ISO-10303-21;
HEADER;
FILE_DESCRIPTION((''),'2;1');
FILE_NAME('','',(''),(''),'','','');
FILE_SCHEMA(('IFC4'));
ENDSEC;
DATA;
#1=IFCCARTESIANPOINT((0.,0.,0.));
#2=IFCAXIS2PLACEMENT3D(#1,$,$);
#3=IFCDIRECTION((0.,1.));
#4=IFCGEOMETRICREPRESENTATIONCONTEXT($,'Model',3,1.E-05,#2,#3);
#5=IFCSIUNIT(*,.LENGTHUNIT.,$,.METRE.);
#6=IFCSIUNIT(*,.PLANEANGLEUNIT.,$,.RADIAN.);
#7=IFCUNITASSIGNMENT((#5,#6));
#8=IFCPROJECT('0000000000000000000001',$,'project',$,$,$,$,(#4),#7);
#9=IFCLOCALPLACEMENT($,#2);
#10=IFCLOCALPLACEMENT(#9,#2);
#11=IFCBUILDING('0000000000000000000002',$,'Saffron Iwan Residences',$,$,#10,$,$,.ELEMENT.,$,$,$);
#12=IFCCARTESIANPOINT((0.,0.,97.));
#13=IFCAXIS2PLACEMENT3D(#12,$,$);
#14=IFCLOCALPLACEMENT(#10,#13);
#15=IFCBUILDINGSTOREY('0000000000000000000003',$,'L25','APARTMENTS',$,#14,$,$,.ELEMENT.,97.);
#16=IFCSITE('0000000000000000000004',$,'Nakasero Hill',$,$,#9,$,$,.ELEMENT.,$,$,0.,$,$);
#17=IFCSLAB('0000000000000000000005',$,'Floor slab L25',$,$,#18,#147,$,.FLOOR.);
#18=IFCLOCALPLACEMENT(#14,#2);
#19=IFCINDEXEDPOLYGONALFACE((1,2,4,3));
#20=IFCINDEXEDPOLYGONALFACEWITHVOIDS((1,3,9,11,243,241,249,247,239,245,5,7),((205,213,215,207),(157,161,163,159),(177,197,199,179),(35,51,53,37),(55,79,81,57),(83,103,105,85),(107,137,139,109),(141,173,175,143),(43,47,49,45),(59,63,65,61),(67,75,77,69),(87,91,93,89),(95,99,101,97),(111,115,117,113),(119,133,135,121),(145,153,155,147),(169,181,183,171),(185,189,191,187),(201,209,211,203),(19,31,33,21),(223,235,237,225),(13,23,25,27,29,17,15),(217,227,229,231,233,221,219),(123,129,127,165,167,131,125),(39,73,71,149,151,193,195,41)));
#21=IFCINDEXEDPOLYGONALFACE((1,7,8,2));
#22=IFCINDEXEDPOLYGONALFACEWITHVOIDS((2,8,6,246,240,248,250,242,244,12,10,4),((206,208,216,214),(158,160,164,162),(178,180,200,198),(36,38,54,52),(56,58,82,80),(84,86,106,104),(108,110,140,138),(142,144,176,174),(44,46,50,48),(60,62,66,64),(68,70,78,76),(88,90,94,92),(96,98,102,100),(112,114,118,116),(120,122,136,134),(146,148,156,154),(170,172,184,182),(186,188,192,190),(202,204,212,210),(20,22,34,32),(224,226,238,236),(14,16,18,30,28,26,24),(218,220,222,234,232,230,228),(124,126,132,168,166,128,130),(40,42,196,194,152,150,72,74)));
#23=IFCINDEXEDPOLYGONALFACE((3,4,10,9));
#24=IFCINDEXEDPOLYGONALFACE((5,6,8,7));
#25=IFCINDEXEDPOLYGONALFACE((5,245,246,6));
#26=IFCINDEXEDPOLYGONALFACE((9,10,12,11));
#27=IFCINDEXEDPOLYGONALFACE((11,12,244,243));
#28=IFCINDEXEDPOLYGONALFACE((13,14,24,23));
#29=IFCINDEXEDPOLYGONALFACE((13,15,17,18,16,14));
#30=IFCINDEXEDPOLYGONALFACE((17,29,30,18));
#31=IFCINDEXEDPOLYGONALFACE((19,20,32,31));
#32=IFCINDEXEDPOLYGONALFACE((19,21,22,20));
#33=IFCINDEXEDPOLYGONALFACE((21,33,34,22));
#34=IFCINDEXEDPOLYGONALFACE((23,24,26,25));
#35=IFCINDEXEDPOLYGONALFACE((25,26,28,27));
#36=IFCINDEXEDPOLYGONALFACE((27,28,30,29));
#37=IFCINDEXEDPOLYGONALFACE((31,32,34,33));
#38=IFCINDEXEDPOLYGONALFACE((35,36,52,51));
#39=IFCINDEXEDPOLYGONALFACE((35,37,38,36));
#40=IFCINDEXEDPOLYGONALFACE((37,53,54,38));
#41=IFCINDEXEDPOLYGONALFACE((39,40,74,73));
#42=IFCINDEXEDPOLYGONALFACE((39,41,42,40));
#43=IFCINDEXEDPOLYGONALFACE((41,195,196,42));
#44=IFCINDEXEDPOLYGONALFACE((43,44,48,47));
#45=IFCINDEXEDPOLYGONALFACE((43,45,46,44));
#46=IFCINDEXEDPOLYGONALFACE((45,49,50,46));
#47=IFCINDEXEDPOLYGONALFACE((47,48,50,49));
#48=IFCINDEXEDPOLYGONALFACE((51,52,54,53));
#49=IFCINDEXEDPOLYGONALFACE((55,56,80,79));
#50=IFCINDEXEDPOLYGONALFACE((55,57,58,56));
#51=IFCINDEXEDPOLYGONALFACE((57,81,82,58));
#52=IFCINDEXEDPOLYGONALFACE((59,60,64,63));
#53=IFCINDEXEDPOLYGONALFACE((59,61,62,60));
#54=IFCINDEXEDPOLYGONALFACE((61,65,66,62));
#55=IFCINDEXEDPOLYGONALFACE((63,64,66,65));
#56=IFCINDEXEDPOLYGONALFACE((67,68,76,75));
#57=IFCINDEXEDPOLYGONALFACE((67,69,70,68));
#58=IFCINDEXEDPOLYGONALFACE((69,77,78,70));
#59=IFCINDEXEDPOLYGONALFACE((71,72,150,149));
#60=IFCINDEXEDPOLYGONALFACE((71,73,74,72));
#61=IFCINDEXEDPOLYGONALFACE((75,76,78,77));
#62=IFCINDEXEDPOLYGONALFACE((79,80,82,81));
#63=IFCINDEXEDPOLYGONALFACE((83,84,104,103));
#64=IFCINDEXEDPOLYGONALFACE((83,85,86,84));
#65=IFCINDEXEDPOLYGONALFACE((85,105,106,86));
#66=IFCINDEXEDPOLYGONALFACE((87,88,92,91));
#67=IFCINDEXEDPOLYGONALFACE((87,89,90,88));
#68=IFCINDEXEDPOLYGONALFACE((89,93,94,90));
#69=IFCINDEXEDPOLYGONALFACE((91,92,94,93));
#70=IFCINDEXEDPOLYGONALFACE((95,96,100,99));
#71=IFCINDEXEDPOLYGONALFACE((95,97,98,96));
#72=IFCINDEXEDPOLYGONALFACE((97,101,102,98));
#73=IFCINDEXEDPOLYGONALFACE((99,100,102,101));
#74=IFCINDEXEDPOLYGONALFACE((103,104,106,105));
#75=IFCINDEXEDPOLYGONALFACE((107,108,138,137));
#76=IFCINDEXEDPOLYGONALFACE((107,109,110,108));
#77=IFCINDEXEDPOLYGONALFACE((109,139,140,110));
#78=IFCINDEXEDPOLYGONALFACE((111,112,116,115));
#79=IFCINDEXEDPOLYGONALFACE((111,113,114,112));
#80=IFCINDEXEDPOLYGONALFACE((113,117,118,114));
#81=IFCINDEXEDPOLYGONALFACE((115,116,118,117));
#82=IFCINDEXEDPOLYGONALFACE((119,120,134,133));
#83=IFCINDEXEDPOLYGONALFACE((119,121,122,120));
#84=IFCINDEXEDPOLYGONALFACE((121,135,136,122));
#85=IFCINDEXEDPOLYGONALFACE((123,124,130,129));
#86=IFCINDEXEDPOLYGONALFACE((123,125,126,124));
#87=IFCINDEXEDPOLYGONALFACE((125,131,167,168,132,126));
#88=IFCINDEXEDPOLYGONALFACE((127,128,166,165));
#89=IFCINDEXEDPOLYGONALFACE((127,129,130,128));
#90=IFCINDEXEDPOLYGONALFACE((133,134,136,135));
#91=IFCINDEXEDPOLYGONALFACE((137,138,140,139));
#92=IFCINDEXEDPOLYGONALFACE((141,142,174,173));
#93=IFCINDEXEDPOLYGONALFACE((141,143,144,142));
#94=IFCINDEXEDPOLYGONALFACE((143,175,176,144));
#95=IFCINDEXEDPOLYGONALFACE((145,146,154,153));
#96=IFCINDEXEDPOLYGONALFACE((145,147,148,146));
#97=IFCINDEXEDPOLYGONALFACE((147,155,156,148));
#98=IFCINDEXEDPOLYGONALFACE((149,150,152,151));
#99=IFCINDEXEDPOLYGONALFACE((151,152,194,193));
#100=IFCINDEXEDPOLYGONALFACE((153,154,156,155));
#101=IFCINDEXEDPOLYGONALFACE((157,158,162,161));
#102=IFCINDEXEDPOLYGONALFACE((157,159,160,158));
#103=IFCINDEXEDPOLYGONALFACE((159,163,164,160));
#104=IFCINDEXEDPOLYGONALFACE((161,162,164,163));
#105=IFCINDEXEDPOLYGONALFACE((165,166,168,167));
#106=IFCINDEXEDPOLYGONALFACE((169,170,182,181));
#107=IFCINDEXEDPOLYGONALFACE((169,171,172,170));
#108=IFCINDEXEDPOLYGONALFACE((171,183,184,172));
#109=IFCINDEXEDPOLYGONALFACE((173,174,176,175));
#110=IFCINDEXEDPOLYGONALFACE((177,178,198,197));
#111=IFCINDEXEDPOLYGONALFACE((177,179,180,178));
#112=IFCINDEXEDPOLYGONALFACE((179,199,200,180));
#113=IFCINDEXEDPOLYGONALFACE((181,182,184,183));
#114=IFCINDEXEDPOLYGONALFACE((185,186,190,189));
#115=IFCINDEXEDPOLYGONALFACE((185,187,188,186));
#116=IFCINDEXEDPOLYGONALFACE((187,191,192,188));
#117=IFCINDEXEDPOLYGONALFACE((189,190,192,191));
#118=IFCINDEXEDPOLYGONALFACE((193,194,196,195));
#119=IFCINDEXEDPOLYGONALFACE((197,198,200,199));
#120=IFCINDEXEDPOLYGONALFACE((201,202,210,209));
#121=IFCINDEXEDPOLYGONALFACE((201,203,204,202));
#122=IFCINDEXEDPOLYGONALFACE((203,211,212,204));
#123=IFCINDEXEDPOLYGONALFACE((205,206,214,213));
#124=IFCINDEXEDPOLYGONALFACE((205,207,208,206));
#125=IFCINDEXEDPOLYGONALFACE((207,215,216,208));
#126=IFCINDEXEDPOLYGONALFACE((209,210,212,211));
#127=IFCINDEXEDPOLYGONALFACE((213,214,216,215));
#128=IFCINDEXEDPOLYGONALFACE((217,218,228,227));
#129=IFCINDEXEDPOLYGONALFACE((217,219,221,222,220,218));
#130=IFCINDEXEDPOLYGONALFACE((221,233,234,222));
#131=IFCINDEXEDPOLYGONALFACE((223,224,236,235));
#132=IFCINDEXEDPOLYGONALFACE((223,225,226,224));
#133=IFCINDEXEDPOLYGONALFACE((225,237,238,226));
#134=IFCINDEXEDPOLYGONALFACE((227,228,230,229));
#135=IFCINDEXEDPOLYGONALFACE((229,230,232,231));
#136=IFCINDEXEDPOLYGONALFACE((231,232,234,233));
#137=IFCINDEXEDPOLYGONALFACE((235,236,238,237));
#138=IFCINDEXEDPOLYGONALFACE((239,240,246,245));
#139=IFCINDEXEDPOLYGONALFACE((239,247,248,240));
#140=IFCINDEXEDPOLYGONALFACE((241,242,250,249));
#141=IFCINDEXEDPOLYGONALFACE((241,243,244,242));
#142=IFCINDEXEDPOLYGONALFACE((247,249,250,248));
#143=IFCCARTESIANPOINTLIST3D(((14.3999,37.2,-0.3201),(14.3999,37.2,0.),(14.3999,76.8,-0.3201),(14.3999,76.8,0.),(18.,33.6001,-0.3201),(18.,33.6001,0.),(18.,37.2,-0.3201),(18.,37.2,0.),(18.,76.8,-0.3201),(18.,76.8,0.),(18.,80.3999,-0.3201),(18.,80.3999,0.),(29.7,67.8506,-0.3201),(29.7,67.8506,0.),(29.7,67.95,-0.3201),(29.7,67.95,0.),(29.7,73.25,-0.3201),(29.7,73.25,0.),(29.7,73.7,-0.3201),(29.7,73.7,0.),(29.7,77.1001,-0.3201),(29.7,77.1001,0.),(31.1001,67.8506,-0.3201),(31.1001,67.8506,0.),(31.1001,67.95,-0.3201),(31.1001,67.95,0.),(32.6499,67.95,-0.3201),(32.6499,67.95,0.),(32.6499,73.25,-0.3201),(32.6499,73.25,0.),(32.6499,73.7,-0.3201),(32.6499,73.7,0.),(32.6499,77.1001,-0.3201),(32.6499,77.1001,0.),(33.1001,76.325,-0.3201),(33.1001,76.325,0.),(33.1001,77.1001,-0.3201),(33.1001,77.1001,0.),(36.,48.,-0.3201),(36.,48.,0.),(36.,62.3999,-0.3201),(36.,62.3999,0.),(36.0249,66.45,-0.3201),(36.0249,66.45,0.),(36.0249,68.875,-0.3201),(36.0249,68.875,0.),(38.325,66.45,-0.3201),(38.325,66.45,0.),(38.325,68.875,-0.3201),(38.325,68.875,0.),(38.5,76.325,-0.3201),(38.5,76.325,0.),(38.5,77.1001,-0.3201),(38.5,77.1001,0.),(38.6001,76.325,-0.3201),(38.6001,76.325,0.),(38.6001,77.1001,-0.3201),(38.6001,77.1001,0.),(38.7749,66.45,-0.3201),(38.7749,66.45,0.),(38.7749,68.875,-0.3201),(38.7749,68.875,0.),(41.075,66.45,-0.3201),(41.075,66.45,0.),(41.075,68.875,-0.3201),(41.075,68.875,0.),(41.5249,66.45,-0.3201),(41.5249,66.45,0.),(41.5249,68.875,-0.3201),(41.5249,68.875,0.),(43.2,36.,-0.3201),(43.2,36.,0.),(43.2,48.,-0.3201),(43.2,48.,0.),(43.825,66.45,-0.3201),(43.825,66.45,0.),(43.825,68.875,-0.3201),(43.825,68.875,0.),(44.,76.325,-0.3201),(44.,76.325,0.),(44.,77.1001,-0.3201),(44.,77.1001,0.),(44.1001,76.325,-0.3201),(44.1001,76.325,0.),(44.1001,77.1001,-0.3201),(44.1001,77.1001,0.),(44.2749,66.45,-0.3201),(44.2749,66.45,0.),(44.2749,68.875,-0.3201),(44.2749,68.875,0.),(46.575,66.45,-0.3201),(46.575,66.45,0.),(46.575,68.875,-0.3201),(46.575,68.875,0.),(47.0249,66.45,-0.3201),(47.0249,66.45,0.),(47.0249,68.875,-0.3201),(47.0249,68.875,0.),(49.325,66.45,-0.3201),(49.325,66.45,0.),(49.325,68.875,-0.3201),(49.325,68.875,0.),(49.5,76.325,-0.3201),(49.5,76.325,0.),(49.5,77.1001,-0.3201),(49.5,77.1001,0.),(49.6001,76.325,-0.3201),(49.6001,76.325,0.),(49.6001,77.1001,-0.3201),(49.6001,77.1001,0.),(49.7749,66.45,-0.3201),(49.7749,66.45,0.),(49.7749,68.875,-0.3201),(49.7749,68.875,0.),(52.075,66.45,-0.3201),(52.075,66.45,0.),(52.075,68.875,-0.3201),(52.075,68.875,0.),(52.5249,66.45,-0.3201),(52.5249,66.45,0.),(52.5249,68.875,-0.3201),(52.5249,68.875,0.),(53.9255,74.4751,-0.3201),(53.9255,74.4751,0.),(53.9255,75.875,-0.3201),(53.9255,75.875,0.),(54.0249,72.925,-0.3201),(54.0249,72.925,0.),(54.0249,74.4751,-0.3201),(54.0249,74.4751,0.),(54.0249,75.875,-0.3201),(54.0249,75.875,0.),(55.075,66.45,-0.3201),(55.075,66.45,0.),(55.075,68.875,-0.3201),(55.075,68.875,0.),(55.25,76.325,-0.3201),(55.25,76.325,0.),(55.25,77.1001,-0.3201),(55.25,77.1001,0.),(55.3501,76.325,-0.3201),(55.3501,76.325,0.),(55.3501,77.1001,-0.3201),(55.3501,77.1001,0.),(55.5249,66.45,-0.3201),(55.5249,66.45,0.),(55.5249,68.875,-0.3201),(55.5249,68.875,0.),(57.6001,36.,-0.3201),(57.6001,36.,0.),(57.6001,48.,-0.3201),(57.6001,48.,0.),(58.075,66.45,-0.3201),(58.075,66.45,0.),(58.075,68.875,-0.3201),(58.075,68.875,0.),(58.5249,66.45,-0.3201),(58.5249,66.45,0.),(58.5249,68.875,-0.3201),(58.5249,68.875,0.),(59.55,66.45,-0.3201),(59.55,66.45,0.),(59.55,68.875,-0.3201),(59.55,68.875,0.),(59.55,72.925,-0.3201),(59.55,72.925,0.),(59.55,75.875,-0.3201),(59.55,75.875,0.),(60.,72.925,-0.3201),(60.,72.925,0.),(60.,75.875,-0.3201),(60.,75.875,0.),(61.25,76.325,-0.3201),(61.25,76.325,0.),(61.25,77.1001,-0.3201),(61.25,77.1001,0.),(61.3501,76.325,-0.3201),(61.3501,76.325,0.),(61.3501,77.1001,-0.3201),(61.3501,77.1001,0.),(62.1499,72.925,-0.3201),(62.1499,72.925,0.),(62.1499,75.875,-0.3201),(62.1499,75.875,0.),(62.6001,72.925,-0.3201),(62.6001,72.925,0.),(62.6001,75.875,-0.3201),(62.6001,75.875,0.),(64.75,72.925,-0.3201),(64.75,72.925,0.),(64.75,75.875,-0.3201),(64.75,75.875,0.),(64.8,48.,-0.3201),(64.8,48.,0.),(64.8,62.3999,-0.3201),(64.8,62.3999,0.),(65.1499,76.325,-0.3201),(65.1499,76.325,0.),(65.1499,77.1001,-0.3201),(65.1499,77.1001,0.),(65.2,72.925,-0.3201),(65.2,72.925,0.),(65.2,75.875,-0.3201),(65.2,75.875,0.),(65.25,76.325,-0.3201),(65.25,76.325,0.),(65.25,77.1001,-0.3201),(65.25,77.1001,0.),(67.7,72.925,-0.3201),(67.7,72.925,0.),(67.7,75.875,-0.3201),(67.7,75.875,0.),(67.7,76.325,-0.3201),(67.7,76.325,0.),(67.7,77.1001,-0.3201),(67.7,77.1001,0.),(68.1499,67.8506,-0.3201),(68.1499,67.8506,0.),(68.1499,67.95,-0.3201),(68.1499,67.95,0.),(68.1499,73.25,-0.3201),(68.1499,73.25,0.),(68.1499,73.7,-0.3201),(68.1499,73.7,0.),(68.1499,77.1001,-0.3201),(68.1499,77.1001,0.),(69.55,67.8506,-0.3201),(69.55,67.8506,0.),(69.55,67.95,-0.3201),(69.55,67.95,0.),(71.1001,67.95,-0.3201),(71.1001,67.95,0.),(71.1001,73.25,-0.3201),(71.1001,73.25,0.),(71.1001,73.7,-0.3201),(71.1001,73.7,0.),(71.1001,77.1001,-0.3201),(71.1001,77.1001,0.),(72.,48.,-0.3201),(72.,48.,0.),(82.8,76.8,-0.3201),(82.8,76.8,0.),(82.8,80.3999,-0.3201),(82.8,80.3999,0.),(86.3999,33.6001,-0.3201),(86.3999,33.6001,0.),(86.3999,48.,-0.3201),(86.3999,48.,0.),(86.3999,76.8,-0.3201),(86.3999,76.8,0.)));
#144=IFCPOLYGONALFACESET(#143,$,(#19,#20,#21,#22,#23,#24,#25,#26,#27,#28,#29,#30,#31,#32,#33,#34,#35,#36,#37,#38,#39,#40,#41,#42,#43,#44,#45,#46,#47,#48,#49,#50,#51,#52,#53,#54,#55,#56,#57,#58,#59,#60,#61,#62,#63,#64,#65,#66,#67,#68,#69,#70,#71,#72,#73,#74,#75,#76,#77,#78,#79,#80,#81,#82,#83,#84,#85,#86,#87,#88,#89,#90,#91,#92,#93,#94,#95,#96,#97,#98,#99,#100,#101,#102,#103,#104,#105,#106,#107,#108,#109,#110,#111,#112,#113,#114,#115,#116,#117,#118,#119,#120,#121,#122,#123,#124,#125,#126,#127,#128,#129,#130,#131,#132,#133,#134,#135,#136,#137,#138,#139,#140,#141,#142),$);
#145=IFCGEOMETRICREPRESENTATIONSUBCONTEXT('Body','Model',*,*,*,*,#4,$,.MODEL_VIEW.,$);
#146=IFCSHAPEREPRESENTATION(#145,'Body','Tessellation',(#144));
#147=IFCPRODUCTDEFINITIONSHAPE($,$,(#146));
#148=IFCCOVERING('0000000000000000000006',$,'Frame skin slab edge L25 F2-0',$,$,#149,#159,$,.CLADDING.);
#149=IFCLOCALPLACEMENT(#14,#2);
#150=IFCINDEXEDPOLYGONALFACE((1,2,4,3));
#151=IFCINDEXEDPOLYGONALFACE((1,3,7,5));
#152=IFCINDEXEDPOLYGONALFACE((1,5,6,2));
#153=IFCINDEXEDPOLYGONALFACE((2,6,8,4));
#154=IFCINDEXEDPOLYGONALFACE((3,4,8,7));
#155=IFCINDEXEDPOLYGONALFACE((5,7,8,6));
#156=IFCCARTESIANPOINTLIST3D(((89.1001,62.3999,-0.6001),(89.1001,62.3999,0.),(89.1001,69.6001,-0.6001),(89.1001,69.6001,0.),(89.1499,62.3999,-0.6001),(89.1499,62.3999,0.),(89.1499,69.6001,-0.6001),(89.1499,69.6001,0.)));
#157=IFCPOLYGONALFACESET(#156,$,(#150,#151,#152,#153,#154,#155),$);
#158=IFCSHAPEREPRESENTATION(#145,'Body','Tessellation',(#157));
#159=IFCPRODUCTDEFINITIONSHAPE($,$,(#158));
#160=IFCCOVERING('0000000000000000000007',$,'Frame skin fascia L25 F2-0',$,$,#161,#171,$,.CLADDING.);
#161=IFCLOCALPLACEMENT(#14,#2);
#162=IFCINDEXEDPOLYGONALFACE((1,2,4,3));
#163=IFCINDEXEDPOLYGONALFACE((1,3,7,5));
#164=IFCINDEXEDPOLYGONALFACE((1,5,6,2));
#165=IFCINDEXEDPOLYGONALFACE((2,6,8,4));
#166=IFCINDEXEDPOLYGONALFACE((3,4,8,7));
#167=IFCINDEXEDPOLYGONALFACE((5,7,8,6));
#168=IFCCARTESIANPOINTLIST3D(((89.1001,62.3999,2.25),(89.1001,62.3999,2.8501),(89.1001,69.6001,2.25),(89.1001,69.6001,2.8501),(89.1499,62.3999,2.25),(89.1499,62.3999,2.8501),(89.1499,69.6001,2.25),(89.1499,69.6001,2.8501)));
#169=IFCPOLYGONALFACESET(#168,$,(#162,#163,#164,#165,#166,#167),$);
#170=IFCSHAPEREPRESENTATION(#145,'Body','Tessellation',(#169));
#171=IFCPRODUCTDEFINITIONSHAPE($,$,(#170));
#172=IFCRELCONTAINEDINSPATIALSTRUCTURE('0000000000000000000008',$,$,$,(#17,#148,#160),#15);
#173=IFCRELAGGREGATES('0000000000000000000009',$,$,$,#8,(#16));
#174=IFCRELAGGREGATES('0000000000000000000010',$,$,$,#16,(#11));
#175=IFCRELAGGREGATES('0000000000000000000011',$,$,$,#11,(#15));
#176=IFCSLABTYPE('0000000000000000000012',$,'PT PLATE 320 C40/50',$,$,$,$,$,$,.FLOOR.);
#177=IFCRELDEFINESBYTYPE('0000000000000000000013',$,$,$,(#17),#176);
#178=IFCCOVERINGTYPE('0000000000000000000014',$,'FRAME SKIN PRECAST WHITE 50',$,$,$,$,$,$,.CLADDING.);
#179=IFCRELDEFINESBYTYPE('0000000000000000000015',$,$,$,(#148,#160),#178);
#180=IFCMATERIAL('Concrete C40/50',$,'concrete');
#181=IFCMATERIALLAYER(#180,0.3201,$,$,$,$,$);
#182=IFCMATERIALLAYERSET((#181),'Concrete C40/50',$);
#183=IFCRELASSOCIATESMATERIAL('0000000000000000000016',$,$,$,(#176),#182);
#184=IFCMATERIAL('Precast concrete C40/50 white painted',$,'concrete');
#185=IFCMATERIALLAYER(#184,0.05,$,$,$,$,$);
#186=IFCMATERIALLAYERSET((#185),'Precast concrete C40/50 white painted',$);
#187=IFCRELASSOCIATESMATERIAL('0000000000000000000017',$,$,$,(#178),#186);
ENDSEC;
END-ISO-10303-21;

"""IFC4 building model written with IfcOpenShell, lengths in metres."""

from ifc_helpers import new_model, si_unit, direction, frame, origin, place, context, subcontext, project, spatial, polyline, outline, extrude, material, layer, layer_set, type_object, element, save


model = new_model("IFC4")

# Units and contexts
model_context = context("Model", 3, precision=1e-05, world=origin(), true_north=direction((0.0, 1.0)))
body_context = subcontext(model_context, "Body", "Model", "MODEL_VIEW")
ifc_project = project(units=[si_unit("LENGTHUNIT", "METRE"), si_unit("PLANEANGLEUNIT", "RADIAN")], contexts=[model_context])

# Site, building, storey
site_placement = place(None, origin())
site = spatial("IfcSite", under=ifc_project, at=site_placement, Name="Nakasero Hill", CompositionType="ELEMENT", RefElevation=0.0)
building_placement = place(site_placement, origin())
building = spatial("IfcBuilding", under=site, at=building_placement, Name="Saffron Iwan Residences", CompositionType="ELEMENT")
storey_placement = place(building_placement, frame((0.0, 0.0, 97.0)))
storey = spatial("IfcBuildingStorey", under=building, at=storey_placement, Name="L25", Description="APARTMENTS", CompositionType="ELEMENT", Elevation=97.0)

# Slab
ifc_material_1 = material(Name="Concrete C40/50", Category="concrete")
ifc_layer_1 = layer(ifc_material_1, 0.3201)
ifc_layer_set_1 = layer_set([ifc_layer_1], Name="Concrete C40/50")
slab_type_1 = type_object("IfcSlabType", Name="PT PLATE 320 C40/50", PredefinedType="FLOOR", material=ifc_layer_set_1)
slab_1_placement = place(storey_placement, frame((0.0, 0.0, -0.3201)))
element("IfcSlab", 1, at=slab_1_placement, inside=storey, type_object=slab_type_1, Name="Floor slab L25", PredefinedType="FLOOR", context=body_context, shape_type="SweptSolid", body=[
    extrude(outline(polyline([(14.3999, 37.2), (14.3999, 76.8), (18.0, 76.8), (18.0, 80.3999), (82.8, 80.3999), (82.8, 76.8), (86.3999, 76.8), (86.3999, 48.0), (72.0, 48.0), (86.3999, 33.6001), (18.0, 33.6001), (18.0, 37.2), (14.3999, 37.2)]), holes=[polyline([(64.8, 48.0), (64.8, 62.3999), (36.0, 62.3999), (36.0, 48.0), (43.2, 48.0), (43.2, 36.0), (57.6001, 36.0), (57.6001, 48.0), (64.8, 48.0)]), polyline([(38.325, 68.875), (36.0249, 68.875), (36.0249, 66.45), (38.325, 66.45), (38.325, 68.875)]), polyline([(41.075, 66.45), (41.075, 68.875), (38.7749, 68.875), (38.7749, 66.45), (41.075, 66.45)]), polyline([(43.825, 66.45), (43.825, 68.875), (41.5249, 68.875), (41.5249, 66.45), (43.825, 66.45)]), polyline([(46.575, 68.875), (44.2749, 68.875), (44.2749, 66.45), (46.575, 66.45), (46.575, 68.875)]), polyline([(49.325, 66.45), (49.325, 68.875), (47.0249, 68.875), (47.0249, 66.45), (49.325, 66.45)]), polyline([(52.075, 66.45), (52.075, 68.875), (49.7749, 68.875), (49.7749, 66.45), (52.075, 66.45)]), polyline([(29.7, 73.25), (29.7, 67.95), (29.7, 67.8506), (31.1001, 67.8506), (31.1001, 67.95), (32.6499, 67.95), (32.6499, 73.25), (29.7, 73.25)]), polyline([(32.6499, 73.7), (32.6499, 77.1001), (29.7, 77.1001), (29.7, 73.7), (32.6499, 73.7)]), polyline([(38.5, 76.325), (38.5, 77.1001), (33.1001, 77.1001), (33.1001, 76.325), (38.5, 76.325)]), polyline([(44.0, 77.1001), (38.6001, 77.1001), (38.6001, 76.325), (44.0, 76.325), (44.0, 77.1001)]), polyline([(49.5, 76.325), (49.5, 77.1001), (44.1001, 77.1001), (44.1001, 76.325), (49.5, 76.325)]), polyline([(55.25, 76.325), (55.25, 77.1001), (49.6001, 77.1001), (49.6001, 76.325), (55.25, 76.325)]), polyline([(55.075, 68.875), (52.5249, 68.875), (52.5249, 66.45), (55.075, 66.45), (55.075, 68.875)]), polyline([(58.075, 66.45), (58.075, 68.875), (55.5249, 68.875), (55.5249, 66.45), (58.075, 66.45)]), polyline([(59.55, 66.45), (59.55, 68.875), (58.5249, 68.875), (58.5249, 66.45), (59.55, 66.45)]), polyline([(68.1499, 73.25), (68.1499, 67.95), (68.1499, 67.8506), (69.55, 67.8506), (69.55, 67.95), (71.1001, 67.95), (71.1001, 73.25), (68.1499, 73.25)]), polyline([(53.9255, 74.4751), (54.0249, 74.4751), (54.0249, 72.925), (59.55, 72.925), (59.55, 75.875), (54.0249, 75.875), (53.9255, 75.875), (53.9255, 74.4751)]), polyline([(62.1499, 72.925), (62.1499, 75.875), (60.0, 75.875), (60.0, 72.925), (62.1499, 72.925)]), polyline([(64.75, 75.875), (62.6001, 75.875), (62.6001, 72.925), (64.75, 72.925), (64.75, 75.875)]), polyline([(67.7, 72.925), (67.7, 75.875), (65.2, 75.875), (65.2, 72.925), (67.7, 72.925)]), polyline([(71.1001, 73.7), (71.1001, 77.1001), (68.1499, 77.1001), (68.1499, 73.7), (71.1001, 73.7)]), polyline([(61.25, 77.1001), (55.3501, 77.1001), (55.3501, 76.325), (61.25, 76.325), (61.25, 77.1001)]), polyline([(65.1499, 76.325), (65.1499, 77.1001), (61.3501, 77.1001), (61.3501, 76.325), (65.1499, 76.325)]), polyline([(67.7, 76.325), (67.7, 77.1001), (65.25, 77.1001), (65.25, 76.325), (67.7, 76.325)])]), origin(), (0.0, 0.0, 1.0), 0.3201),
])

# Coverings
ifc_material_2 = material(Name="Precast concrete C40/50 white painted", Category="concrete")
ifc_layer_2 = layer(ifc_material_2, 0.05)
ifc_layer_set_2 = layer_set([ifc_layer_2], Name="Precast concrete C40/50 white painted")
covering_type_1 = type_object("IfcCoveringType", Name="FRAME SKIN PRECAST WHITE 50", PredefinedType="CLADDING", material=ifc_layer_set_2)
for number, where, name in (
    (2, (0.0, 0.0, -0.6001), "Frame skin slab edge L25 F2-0"),
    (3, (0.0, 0.0, 2.25), "Frame skin fascia L25 F2-0"),
):
    element("IfcCovering", number, at=place(storey_placement, frame(where)), inside=storey, type_object=covering_type_1, Name=name, PredefinedType="CLADDING", context=body_context, shape_type="SweptSolid", body=[
        extrude(outline(polyline([(89.1499, 62.3999), (89.1499, 69.6001), (89.1001, 69.6001), (89.1001, 62.3999), (89.1499, 62.3999)])), origin(), (0.0, 0.0, 1.0), 0.6001),
    ])

save(model, "model.ifc")
